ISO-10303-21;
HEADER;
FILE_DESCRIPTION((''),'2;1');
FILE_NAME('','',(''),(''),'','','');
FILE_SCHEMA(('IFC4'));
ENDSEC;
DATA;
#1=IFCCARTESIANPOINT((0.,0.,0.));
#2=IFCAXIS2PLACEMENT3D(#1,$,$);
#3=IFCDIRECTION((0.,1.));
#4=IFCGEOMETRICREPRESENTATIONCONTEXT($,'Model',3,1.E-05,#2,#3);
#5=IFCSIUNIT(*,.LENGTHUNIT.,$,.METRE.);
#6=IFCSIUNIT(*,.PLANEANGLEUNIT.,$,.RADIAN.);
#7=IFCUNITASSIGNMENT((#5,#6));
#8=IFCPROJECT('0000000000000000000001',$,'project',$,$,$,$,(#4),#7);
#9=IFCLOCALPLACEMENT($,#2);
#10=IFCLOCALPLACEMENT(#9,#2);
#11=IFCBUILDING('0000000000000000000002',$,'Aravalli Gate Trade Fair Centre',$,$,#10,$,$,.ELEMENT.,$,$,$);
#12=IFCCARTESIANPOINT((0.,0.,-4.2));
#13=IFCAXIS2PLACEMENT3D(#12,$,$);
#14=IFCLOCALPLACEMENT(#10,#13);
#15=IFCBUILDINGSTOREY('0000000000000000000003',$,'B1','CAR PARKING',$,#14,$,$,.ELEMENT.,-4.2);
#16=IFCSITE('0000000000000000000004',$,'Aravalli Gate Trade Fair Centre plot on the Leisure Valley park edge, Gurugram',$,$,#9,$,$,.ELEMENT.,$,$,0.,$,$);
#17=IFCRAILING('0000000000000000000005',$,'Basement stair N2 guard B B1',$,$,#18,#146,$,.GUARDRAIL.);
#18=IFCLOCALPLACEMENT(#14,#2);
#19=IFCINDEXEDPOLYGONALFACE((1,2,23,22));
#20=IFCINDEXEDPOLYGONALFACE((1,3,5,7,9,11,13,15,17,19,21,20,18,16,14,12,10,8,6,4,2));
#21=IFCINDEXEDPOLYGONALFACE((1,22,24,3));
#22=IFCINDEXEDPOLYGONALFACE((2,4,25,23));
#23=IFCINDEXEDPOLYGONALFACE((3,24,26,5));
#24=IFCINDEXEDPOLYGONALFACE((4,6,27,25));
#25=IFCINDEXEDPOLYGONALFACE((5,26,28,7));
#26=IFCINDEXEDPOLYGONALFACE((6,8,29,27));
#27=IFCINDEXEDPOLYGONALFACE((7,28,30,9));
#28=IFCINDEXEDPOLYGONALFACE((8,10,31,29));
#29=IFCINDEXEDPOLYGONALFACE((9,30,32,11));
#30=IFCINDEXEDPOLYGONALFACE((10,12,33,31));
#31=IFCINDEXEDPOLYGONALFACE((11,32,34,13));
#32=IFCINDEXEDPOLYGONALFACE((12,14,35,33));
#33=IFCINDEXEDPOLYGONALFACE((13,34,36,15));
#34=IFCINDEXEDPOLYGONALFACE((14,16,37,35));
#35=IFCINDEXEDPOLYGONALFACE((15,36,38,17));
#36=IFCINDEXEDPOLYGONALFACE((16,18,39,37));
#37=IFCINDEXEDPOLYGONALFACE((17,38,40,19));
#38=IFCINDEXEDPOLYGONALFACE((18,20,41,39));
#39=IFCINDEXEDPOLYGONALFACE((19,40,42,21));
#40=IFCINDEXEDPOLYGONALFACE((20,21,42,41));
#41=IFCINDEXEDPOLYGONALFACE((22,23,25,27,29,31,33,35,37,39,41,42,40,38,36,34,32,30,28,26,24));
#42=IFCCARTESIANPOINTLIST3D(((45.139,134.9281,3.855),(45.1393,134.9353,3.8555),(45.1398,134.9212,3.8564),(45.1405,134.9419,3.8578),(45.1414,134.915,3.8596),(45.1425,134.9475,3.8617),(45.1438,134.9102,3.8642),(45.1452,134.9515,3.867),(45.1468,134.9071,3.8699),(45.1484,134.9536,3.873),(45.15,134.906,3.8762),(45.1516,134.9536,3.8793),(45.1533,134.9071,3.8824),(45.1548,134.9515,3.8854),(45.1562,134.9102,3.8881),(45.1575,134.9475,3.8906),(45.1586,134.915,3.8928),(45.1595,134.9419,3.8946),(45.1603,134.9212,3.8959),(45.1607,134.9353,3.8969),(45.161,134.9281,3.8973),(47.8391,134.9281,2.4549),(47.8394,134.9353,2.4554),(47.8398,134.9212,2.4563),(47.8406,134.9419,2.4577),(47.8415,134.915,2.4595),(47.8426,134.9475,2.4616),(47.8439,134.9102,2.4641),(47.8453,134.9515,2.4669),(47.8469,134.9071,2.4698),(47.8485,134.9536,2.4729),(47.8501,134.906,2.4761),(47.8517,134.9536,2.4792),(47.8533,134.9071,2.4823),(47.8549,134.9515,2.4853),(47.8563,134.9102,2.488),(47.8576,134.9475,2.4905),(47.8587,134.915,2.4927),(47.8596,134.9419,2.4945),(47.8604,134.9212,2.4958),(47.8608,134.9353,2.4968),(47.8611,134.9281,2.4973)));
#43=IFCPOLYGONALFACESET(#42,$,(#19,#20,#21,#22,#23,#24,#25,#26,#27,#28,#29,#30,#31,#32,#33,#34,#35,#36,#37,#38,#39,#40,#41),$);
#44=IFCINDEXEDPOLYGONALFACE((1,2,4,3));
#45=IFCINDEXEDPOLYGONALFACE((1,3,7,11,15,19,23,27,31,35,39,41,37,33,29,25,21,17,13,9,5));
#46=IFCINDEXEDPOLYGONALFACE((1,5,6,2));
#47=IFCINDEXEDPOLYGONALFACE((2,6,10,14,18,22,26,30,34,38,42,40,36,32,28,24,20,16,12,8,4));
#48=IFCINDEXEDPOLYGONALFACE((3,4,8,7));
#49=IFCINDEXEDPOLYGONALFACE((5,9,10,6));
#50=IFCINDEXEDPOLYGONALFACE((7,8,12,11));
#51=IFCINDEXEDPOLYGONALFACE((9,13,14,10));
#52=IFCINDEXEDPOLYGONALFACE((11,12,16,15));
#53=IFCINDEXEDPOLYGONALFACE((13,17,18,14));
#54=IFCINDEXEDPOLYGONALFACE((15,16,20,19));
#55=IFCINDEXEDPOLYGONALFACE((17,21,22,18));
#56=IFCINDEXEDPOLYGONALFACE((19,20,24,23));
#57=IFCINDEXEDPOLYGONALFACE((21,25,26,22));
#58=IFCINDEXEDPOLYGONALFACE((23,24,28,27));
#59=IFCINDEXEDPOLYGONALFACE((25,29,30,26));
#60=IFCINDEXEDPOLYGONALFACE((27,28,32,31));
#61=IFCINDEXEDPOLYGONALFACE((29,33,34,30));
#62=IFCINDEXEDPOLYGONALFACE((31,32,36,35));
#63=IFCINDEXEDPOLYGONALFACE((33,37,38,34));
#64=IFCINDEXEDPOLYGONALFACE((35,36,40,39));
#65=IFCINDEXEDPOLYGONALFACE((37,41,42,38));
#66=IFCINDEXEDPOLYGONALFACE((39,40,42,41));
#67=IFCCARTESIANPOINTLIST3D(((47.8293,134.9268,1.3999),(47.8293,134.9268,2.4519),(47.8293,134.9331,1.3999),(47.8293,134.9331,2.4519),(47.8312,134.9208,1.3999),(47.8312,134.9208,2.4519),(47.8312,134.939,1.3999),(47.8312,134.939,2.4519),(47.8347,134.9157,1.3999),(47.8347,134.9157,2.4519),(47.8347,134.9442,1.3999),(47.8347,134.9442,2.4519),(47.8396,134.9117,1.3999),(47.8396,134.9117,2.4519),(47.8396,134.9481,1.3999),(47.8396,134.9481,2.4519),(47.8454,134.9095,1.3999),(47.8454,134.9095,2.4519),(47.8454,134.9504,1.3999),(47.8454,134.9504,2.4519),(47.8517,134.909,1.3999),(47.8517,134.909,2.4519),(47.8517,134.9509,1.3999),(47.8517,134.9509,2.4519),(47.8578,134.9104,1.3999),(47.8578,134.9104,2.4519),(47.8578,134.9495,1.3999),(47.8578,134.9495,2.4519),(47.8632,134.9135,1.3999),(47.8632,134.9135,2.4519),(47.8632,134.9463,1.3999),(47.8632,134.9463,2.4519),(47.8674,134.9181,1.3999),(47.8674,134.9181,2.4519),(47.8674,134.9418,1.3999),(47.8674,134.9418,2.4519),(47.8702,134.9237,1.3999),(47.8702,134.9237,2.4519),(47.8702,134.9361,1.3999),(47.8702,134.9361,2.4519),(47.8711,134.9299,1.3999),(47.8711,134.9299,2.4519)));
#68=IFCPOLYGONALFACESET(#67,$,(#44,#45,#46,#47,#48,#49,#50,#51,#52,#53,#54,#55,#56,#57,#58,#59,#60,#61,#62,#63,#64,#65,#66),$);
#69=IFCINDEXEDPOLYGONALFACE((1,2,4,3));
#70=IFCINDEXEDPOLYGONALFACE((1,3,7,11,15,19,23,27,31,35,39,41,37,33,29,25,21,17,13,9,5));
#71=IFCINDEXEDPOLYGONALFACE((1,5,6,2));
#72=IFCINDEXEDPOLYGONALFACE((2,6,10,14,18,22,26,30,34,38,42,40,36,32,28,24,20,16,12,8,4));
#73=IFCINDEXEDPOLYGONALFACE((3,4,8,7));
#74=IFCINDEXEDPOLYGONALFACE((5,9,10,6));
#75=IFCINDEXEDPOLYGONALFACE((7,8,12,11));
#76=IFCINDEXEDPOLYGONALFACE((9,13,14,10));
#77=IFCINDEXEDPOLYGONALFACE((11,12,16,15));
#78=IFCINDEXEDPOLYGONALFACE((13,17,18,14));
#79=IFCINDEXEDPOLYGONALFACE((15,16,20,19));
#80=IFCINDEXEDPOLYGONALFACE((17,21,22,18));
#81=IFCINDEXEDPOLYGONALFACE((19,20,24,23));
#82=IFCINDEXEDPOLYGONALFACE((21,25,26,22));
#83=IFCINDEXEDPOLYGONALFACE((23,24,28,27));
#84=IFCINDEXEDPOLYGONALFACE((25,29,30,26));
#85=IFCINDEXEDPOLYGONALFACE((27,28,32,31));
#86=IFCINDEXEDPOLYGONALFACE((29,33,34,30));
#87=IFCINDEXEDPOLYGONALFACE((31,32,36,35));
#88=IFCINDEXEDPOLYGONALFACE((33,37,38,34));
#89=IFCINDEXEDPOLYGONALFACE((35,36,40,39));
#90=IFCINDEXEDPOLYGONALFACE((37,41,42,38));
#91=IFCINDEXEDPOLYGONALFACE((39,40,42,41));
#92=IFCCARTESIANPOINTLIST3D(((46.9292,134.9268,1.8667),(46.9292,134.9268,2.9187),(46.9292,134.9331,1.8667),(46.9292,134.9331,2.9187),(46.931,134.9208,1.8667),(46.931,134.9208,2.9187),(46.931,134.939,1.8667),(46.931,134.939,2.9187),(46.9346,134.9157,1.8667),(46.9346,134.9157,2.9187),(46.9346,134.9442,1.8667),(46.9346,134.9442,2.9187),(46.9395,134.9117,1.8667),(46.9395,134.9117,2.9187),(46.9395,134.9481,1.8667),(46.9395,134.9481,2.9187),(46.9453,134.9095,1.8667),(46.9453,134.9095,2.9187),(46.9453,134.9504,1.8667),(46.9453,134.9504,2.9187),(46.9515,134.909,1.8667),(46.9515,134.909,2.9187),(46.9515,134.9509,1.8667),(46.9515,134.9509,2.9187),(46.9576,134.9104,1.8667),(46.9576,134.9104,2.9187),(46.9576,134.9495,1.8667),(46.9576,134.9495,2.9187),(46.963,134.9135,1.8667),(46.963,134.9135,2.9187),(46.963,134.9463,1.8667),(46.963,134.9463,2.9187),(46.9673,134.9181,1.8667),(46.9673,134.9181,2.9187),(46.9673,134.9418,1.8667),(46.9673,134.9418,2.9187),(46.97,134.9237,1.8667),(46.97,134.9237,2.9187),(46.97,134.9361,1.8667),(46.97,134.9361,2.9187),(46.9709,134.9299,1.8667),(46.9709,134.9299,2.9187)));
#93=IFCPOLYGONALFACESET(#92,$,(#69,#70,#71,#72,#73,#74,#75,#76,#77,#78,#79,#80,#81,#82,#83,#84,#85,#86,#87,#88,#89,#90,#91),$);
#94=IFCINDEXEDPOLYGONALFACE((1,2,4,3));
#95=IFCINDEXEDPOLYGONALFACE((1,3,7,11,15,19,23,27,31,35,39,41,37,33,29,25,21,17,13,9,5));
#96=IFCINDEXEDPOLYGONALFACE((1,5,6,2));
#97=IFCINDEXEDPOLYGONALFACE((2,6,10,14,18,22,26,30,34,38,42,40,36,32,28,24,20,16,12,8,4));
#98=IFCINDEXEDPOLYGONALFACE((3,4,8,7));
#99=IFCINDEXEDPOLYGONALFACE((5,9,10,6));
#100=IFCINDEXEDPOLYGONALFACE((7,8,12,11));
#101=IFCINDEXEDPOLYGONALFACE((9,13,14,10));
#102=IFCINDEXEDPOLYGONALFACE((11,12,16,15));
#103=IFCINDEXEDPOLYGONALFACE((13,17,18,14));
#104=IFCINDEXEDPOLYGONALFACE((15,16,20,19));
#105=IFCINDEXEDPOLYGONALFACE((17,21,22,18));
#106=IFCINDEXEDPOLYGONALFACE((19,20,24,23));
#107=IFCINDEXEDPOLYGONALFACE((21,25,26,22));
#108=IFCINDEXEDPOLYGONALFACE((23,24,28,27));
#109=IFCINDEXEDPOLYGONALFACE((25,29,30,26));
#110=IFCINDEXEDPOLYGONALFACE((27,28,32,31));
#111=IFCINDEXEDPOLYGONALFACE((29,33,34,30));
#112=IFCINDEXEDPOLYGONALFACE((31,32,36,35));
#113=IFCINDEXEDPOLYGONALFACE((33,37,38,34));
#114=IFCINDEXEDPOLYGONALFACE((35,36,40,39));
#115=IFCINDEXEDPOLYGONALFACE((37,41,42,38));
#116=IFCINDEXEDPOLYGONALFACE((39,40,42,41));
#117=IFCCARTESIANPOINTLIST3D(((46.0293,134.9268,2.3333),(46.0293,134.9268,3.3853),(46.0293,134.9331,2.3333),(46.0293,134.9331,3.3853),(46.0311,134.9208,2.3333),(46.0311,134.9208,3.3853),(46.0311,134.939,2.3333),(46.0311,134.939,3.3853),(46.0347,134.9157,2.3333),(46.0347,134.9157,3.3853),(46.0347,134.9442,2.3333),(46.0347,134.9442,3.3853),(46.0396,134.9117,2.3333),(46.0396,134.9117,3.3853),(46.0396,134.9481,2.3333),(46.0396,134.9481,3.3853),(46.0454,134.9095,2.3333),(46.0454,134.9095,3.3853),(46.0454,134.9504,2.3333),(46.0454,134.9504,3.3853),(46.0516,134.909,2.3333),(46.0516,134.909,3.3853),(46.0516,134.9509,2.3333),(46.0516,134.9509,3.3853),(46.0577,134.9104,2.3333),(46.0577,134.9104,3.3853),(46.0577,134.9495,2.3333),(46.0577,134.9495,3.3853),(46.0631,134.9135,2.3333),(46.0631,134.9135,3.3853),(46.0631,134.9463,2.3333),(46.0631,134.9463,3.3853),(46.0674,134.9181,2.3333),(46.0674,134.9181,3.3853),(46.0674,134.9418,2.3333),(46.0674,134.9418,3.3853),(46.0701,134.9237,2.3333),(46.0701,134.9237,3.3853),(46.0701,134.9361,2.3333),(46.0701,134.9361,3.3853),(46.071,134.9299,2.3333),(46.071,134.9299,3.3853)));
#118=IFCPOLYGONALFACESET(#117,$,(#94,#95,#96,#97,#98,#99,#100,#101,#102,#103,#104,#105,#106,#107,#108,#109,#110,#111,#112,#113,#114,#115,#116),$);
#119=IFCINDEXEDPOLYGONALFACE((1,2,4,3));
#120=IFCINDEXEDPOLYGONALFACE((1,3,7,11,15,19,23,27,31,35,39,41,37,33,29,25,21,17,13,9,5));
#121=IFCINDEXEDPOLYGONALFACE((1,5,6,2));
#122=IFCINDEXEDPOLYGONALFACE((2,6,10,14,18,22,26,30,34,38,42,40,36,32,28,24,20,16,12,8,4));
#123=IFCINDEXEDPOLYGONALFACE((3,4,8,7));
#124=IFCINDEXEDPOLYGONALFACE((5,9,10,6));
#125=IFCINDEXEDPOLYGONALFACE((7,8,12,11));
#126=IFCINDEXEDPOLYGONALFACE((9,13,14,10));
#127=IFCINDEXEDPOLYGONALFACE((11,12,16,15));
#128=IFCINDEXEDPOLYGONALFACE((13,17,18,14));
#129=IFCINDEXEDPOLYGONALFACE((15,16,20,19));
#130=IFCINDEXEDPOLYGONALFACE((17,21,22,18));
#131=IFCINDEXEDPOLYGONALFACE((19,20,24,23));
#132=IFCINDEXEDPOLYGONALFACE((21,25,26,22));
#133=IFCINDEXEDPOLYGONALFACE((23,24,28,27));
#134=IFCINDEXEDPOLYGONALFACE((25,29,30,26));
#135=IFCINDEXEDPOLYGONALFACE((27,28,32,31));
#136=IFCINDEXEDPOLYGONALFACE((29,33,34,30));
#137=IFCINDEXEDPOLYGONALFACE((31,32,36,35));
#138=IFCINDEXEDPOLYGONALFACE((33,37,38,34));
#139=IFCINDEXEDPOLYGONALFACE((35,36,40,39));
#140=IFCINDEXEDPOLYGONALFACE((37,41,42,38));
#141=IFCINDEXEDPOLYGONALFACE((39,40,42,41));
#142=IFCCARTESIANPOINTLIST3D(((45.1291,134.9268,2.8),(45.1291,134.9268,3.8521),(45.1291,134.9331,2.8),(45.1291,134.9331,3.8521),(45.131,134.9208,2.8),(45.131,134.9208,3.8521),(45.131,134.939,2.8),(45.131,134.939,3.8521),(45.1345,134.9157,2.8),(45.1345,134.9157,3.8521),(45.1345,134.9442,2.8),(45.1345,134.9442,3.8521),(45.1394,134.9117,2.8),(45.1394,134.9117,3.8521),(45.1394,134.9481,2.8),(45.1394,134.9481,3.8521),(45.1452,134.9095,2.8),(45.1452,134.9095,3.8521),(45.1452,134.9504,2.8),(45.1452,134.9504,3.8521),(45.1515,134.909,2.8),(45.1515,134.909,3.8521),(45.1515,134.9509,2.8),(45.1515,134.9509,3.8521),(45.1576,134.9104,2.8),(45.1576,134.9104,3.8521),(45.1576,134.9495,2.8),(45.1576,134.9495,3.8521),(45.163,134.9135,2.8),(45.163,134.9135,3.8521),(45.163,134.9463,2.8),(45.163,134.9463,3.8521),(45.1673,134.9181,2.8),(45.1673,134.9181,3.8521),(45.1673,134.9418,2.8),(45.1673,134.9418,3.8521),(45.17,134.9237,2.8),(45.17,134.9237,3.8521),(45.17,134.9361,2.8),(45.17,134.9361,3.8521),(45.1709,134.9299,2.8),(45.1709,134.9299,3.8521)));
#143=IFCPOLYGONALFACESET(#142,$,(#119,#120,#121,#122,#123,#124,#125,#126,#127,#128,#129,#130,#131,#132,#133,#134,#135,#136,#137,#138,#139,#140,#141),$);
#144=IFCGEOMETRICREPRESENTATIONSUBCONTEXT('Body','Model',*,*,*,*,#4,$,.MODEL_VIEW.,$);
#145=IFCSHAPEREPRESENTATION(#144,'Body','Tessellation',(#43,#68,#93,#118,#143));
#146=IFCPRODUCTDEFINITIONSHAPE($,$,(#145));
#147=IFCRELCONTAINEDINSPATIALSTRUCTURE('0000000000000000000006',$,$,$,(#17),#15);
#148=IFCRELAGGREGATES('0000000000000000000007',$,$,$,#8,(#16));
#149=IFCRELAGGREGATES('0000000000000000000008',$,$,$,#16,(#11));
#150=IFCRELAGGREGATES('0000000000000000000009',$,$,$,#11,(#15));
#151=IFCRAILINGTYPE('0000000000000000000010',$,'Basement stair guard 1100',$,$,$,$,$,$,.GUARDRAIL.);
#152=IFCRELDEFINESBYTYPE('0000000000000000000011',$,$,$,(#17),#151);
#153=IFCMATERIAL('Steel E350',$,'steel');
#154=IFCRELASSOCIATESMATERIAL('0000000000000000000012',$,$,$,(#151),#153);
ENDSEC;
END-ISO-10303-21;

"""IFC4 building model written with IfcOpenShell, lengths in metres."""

from ifc_helpers import new_model, si_unit, direction, frame, origin, origin_2d, place, context, subcontext, project, spatial, circle, extrude, material, type_object, element, save


model = new_model("IFC4")

# Units and contexts
model_context = context("Model", 3, precision=1e-05, world=origin(), true_north=direction((0.0, 1.0)))
body_context = subcontext(model_context, "Body", "Model", "MODEL_VIEW")
ifc_project = project(units=[si_unit("LENGTHUNIT", "METRE"), si_unit("PLANEANGLEUNIT", "RADIAN")], contexts=[model_context])

# Site, building, storey
site_placement = place(None, origin())
site = spatial("IfcSite", under=ifc_project, at=site_placement, Name="Aravalli Gate Trade Fair Centre plot on the Leisure Valley park edge, Gurugram", CompositionType="ELEMENT", RefElevation=0.0)
building_placement = place(site_placement, origin())
building = spatial("IfcBuilding", under=site, at=building_placement, Name="Aravalli Gate Trade Fair Centre", CompositionType="ELEMENT")
storey_placement = place(building_placement, frame((0.0, 0.0, -4.2)))
storey = spatial("IfcBuildingStorey", under=building, at=storey_placement, Name="B1", Description="CAR PARKING", CompositionType="ELEMENT", Elevation=-4.2)

# Railing
ifc_material_1 = material(Name="Steel E350", Category="steel")
railing_type_1 = type_object("IfcRailingType", Name="Basement stair guard 1100", PredefinedType="GUARDRAIL", material=ifc_material_1)
railing_1_placement = place(storey_placement, frame((47.8501, 134.9299, 1.3999)))
element("IfcRailing", 1, at=railing_1_placement, inside=storey, type_object=railing_type_1, Name="Basement stair N2 guard B B1", PredefinedType="GUARDRAIL", context=body_context, shape_type="SweptSolid", body=[
    extrude(circle(Radius=0.0239, at=origin_2d()), frame((0.0, 0.0, 1.0762), z_axis=(-0.887748, 0.0, 0.460329), x_axis=(0.0, -1.0, 0.0)), (0.0, 0.0, 1.0), 3.0415),
    extrude(circle(Radius=0.021, at=origin_2d()), origin(), (0.0, 0.0, 1.0), 1.052),
    extrude(circle(Radius=0.021, at=origin_2d()), frame((-0.9001, 0.0, 0.4668)), (0.0, 0.0, 1.0), 1.052),
    extrude(circle(Radius=0.021, at=origin_2d()), frame((-1.8, 0.0, 0.9333)), (0.0, 0.0, 1.0), 1.052),
    extrude(circle(Radius=0.021, at=origin_2d()), frame((-2.7002, 0.0, 1.4001)), (0.0, 0.0, 1.0), 1.052),
])

save(model, "model.ifc")
